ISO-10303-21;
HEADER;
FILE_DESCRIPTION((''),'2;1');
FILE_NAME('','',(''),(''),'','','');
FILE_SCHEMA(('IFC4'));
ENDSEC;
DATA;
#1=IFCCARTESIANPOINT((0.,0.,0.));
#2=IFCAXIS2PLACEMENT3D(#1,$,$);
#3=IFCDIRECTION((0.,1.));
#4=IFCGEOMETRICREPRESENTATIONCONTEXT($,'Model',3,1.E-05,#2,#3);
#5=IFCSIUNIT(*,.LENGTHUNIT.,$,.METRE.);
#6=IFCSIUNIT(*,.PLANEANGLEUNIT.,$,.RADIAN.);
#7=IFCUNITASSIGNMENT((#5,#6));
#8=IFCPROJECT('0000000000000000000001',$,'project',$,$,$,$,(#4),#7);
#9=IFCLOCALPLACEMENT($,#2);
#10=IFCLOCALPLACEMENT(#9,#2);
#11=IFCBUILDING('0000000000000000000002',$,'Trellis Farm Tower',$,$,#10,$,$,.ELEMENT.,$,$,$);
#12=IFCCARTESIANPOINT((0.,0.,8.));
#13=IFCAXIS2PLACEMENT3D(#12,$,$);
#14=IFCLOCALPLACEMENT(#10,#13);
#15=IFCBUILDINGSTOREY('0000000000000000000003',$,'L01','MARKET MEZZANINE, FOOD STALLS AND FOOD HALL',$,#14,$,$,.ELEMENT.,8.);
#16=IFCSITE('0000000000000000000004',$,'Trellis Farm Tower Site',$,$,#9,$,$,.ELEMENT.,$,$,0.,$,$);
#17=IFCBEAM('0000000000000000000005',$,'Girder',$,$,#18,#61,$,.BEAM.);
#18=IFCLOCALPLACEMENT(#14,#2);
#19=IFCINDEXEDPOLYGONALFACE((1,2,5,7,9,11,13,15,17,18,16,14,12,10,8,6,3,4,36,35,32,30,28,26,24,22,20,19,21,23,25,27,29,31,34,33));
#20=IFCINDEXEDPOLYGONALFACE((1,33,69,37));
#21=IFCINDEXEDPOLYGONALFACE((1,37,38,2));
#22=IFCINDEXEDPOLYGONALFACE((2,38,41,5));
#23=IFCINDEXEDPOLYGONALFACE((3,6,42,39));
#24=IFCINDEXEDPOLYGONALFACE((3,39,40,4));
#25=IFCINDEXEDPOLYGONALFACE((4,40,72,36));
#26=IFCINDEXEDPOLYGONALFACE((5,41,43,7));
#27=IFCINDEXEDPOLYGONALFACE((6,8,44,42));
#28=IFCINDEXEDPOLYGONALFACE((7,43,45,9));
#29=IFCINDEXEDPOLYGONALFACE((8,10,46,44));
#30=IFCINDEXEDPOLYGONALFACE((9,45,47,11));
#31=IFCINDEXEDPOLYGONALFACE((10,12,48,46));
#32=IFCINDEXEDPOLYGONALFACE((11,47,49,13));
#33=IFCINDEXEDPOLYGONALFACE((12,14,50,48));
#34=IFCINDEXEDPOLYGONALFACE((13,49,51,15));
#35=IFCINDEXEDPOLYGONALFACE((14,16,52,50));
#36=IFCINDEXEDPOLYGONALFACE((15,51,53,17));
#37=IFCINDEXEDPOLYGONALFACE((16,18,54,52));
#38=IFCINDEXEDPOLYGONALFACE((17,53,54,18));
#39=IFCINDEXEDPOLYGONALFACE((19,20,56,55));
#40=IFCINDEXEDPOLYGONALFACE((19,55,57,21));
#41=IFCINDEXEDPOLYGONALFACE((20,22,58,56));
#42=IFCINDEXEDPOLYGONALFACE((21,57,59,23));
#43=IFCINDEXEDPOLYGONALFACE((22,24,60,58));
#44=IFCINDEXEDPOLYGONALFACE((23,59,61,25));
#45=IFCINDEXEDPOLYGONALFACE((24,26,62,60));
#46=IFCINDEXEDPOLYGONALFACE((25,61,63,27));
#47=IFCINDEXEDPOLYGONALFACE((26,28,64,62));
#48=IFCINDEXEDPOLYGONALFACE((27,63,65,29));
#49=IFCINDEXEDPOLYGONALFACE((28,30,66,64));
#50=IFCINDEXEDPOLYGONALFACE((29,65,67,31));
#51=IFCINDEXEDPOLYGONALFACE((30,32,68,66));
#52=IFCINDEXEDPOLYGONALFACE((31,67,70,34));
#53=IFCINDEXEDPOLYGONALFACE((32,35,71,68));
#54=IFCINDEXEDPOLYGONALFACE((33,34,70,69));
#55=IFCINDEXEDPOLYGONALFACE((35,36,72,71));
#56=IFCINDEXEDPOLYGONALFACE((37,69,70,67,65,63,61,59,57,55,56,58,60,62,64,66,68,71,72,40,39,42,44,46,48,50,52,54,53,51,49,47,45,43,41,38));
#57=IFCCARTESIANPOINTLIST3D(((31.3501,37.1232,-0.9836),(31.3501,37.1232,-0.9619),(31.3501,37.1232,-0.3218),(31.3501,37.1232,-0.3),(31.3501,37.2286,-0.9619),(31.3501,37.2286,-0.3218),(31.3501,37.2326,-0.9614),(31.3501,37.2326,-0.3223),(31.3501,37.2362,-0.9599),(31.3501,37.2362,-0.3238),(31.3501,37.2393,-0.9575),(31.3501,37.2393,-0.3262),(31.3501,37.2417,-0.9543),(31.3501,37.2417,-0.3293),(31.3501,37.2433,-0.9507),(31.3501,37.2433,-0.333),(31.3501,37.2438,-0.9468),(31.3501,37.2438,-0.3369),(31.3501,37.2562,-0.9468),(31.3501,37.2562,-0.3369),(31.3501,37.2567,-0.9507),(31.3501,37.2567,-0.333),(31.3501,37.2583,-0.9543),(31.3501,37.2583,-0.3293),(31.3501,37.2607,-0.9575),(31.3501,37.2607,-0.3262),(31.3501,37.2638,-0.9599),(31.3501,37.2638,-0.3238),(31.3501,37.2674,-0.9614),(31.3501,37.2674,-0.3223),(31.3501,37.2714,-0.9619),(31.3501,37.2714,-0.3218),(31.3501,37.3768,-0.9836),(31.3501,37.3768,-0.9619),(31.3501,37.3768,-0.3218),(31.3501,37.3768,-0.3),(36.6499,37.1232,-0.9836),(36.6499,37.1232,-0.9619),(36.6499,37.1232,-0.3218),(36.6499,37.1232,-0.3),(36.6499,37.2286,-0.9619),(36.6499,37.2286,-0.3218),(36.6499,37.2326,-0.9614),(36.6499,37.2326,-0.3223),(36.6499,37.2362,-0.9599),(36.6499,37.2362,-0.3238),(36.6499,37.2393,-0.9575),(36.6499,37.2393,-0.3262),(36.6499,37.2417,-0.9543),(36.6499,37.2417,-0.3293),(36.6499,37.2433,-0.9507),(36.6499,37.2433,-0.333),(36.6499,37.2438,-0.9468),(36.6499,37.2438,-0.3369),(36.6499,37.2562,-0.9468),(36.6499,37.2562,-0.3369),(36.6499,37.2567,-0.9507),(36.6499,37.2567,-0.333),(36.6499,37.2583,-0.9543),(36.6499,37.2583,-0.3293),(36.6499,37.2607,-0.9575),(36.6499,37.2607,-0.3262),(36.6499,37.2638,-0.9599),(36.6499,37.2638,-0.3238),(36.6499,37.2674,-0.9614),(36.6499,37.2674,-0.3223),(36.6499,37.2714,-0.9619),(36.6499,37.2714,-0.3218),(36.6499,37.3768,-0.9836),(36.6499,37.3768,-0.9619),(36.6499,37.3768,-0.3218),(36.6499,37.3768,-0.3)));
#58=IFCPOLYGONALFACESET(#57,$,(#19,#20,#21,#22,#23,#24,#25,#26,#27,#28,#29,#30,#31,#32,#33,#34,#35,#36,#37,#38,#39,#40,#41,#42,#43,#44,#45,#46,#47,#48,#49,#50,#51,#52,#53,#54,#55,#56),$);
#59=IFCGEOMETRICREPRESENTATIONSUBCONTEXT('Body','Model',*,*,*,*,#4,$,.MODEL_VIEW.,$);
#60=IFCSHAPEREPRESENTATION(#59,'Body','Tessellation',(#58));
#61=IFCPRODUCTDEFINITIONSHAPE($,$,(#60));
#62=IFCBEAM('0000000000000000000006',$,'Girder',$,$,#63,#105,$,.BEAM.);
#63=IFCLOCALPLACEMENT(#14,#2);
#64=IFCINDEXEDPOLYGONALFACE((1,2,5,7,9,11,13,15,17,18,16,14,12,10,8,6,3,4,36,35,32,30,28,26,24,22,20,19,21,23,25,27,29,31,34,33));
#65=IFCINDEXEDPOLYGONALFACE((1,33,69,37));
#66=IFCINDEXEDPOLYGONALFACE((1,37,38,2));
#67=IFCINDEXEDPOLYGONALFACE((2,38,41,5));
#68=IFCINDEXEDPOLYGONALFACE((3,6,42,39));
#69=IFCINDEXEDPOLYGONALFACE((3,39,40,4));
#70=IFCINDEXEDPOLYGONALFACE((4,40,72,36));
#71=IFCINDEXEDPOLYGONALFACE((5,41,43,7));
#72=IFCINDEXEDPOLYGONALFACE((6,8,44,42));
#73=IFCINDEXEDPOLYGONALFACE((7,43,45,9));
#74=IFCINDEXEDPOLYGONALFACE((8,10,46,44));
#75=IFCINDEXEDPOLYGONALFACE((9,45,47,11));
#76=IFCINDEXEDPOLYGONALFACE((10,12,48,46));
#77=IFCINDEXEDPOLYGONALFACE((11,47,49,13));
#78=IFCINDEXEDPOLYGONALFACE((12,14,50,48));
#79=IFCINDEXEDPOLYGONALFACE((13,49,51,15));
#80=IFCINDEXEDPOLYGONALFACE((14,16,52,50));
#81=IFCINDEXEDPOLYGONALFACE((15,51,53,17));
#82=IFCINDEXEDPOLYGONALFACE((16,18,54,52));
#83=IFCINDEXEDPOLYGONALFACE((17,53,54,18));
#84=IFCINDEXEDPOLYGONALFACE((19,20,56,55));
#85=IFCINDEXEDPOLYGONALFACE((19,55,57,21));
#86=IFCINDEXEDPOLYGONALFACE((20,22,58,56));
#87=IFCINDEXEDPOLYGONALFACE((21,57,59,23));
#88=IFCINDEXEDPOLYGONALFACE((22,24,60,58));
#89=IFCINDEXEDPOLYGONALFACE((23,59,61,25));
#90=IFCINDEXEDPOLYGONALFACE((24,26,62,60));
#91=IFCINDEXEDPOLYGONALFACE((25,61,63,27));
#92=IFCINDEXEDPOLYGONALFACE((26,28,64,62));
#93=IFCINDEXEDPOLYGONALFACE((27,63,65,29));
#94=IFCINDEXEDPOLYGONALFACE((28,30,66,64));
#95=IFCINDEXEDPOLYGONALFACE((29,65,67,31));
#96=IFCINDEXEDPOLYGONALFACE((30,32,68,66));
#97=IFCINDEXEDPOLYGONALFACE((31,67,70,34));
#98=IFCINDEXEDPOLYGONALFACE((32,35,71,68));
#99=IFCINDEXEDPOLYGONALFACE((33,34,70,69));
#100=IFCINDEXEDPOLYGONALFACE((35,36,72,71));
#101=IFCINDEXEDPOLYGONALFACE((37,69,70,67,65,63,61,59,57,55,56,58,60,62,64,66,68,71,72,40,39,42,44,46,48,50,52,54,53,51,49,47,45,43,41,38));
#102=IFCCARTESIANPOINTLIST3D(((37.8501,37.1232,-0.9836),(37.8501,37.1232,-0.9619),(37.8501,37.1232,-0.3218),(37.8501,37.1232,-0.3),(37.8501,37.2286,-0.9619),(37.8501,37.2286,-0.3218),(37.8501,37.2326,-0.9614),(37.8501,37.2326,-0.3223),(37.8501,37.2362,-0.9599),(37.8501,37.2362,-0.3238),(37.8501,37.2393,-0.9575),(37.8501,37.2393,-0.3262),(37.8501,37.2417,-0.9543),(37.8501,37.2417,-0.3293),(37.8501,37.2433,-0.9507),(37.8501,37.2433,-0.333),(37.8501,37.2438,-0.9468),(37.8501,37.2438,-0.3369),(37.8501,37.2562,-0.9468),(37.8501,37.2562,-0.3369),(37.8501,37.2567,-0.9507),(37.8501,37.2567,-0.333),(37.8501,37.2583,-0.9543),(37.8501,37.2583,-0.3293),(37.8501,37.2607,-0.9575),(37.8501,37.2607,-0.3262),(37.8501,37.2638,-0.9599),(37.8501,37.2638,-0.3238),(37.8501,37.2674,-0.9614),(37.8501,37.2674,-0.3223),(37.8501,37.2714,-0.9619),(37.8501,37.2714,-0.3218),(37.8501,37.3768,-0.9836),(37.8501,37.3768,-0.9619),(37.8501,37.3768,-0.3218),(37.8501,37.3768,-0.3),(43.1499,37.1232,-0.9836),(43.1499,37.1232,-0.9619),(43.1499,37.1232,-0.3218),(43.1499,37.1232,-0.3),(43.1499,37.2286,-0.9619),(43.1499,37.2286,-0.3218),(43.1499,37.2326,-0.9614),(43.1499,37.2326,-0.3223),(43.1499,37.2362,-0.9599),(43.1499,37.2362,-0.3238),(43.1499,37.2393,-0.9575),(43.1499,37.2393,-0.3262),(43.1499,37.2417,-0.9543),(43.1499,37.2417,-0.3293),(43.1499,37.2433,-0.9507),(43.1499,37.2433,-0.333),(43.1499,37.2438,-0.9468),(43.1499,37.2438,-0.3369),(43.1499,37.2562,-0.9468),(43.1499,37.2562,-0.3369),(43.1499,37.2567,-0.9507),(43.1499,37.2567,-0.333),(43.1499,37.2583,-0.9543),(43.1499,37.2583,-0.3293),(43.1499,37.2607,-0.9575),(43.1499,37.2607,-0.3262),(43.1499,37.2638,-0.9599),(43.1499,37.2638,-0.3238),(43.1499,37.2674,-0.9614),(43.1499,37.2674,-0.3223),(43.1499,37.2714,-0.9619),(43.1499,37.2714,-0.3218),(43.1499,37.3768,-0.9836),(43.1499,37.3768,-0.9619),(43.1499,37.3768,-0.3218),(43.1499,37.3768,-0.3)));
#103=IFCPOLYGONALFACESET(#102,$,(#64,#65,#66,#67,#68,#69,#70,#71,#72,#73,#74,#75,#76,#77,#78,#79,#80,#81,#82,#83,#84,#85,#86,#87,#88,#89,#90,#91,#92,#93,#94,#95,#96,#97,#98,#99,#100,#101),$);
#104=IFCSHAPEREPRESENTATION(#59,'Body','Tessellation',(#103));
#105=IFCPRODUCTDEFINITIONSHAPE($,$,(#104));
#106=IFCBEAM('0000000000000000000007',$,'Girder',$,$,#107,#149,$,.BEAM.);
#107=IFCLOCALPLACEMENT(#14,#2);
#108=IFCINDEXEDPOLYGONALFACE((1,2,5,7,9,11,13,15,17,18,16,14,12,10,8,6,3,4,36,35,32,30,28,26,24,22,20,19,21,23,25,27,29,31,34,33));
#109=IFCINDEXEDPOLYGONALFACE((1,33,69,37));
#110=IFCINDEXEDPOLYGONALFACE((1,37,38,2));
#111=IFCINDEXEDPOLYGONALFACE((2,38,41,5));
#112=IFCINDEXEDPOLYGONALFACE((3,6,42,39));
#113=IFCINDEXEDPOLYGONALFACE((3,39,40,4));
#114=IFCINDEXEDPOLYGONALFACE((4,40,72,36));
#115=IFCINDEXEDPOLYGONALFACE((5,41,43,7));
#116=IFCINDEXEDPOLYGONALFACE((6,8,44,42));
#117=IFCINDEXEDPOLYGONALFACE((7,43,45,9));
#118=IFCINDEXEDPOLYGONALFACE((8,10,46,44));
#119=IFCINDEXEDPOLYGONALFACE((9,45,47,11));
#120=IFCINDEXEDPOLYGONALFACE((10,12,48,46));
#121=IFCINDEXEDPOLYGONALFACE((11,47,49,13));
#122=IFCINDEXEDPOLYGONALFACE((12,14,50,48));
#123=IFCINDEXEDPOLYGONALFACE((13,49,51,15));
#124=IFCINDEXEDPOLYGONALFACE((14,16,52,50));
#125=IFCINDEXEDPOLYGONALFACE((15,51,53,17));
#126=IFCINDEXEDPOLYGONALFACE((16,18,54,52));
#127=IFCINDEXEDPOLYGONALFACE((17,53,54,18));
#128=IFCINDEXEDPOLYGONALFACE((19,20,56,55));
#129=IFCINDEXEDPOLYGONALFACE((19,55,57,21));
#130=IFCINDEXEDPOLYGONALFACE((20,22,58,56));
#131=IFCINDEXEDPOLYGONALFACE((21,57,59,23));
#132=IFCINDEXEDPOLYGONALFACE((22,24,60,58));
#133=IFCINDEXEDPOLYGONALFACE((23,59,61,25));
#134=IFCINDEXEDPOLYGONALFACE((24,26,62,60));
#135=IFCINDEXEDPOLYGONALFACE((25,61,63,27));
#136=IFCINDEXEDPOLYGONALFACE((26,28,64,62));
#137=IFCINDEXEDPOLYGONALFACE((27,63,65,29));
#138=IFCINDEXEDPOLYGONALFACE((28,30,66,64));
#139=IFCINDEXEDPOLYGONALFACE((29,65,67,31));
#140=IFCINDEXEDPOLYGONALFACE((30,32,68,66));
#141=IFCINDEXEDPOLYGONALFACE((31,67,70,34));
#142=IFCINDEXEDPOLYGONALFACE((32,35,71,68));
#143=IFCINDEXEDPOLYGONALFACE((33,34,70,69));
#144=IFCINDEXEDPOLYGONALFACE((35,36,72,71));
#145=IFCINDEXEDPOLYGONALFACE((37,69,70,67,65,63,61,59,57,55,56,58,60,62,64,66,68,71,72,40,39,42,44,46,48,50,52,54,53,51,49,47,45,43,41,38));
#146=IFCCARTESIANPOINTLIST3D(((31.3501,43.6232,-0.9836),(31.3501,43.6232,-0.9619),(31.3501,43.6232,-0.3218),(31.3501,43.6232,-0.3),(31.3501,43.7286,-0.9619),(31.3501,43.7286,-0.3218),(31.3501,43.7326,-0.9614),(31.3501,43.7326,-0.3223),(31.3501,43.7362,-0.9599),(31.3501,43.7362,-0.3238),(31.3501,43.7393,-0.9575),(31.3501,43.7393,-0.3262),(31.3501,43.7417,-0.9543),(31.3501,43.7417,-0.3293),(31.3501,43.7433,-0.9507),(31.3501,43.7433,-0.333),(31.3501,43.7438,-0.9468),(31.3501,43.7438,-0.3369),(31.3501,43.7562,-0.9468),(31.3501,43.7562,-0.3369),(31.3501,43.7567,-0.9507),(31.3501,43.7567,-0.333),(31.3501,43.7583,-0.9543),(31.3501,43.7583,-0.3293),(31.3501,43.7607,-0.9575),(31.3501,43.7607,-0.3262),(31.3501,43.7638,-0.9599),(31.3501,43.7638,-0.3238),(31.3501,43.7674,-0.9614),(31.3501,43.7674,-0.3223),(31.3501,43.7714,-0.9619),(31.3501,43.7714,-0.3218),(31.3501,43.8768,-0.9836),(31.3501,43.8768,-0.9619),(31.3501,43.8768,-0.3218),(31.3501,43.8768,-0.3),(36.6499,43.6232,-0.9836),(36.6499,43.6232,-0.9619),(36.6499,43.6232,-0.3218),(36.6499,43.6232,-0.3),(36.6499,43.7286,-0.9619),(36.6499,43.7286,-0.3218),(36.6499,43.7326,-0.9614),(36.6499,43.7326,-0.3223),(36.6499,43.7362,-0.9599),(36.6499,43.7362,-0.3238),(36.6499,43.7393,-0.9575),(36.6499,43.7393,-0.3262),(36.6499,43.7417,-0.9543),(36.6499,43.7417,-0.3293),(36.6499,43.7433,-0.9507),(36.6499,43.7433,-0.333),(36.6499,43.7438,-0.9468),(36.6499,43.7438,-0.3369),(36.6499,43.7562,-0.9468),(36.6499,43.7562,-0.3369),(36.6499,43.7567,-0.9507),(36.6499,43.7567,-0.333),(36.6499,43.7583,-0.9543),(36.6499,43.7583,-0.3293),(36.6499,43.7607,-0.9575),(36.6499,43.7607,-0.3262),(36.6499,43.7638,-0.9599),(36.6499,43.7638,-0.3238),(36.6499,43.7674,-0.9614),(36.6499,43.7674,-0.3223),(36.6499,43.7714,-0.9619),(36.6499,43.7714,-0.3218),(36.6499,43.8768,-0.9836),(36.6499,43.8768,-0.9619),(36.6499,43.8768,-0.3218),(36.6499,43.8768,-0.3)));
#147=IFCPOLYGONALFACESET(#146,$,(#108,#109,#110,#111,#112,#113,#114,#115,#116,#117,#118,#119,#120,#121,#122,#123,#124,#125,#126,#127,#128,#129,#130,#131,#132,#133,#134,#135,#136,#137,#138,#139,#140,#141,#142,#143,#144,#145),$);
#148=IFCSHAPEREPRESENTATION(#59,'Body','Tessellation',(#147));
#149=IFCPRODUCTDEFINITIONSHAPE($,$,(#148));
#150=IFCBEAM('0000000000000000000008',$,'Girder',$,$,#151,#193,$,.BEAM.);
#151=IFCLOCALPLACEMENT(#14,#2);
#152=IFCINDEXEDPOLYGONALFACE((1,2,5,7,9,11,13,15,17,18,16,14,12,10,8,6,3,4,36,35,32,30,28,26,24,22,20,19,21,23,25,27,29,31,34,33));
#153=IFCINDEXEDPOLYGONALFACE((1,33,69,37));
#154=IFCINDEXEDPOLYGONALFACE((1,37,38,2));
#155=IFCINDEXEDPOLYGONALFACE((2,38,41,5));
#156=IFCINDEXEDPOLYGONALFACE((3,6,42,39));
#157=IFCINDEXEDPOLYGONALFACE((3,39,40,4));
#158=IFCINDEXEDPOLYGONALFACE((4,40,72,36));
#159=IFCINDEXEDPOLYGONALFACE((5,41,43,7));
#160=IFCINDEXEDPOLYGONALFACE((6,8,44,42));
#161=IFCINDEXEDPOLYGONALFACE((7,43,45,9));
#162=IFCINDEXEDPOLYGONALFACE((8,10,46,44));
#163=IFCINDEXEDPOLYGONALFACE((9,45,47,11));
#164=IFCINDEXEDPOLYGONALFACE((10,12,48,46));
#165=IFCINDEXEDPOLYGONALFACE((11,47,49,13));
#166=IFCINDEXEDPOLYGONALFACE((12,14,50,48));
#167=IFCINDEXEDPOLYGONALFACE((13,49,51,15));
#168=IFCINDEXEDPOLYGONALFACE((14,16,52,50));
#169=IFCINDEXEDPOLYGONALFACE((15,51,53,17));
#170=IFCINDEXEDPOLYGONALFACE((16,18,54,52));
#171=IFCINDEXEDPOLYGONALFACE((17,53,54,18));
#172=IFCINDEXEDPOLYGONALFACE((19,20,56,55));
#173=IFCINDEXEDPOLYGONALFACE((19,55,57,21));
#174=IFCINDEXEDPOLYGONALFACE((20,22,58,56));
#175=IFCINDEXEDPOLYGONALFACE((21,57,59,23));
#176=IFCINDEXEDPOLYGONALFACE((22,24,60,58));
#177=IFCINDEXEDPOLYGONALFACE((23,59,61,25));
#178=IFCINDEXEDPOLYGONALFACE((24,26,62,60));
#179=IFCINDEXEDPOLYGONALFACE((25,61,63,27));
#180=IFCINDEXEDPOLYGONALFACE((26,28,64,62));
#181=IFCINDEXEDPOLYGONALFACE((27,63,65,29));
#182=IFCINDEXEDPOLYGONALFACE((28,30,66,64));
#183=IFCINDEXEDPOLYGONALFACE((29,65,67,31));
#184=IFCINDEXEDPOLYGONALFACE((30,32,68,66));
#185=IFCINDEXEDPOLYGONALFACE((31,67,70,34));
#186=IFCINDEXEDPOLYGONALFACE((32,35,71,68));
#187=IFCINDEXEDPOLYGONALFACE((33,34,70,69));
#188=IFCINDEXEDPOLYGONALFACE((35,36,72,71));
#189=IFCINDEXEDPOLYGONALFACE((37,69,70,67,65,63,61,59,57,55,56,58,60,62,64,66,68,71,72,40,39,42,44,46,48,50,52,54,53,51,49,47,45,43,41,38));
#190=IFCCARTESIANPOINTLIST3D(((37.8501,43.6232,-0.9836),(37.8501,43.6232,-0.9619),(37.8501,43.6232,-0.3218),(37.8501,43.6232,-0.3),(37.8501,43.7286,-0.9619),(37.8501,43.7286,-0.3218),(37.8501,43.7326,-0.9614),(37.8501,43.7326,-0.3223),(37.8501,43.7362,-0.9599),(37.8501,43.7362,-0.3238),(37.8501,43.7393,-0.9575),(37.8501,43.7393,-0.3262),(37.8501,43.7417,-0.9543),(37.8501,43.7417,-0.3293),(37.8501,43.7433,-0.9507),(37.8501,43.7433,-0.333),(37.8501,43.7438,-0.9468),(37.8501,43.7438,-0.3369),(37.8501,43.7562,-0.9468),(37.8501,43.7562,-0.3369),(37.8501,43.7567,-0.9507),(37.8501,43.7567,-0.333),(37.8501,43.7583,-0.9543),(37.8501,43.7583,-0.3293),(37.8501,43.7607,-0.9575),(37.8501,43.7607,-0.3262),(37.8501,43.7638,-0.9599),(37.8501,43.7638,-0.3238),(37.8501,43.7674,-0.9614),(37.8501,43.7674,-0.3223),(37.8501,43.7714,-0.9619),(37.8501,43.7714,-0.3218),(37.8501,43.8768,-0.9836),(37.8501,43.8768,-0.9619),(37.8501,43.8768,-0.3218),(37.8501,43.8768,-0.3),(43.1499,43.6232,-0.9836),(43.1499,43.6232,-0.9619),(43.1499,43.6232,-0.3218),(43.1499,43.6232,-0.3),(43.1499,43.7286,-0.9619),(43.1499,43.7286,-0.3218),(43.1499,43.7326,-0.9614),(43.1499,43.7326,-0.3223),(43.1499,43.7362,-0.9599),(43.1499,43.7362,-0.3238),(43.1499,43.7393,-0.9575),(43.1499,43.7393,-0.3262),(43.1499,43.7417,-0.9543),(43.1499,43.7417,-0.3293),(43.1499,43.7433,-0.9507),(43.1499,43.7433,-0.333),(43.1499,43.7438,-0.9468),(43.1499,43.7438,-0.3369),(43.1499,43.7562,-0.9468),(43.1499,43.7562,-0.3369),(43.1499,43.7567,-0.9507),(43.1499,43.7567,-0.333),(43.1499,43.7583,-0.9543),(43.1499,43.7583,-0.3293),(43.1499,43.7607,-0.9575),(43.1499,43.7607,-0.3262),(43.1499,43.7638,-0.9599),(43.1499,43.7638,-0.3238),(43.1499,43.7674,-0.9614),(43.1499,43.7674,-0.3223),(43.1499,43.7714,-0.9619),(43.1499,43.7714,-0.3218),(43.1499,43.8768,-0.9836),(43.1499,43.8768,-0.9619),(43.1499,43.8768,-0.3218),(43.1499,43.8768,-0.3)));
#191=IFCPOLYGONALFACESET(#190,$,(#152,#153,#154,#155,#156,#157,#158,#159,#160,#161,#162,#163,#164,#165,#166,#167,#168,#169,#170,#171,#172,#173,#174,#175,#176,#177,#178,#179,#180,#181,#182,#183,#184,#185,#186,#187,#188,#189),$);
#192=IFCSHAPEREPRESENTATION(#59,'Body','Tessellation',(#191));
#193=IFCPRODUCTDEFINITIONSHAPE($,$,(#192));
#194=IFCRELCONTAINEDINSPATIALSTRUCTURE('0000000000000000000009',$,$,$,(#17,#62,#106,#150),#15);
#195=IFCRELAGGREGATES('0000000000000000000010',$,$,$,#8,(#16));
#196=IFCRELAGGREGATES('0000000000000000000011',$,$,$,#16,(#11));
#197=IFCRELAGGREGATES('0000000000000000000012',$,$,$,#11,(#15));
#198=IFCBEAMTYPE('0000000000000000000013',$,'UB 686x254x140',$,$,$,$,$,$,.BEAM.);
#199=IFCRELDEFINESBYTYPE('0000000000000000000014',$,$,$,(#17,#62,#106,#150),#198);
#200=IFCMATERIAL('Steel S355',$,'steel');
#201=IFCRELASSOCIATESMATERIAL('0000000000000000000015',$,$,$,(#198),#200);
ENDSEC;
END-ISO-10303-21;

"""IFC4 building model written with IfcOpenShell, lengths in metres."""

from ifc_helpers import new_model, si_unit, direction, frame, origin, origin_2d, place, context, subcontext, project, spatial, i_section, extrude, source, transform, mapped, material, material_profile, profile_set, type_object, element, save


model = new_model("IFC4")

# Units and contexts
model_context = context("Model", 3, precision=1e-05, world=origin(), true_north=direction((0.0, 1.0)))
body_context = subcontext(model_context, "Body", "Model", "MODEL_VIEW")
ifc_project = project(units=[si_unit("LENGTHUNIT", "METRE"), si_unit("PLANEANGLEUNIT", "RADIAN")], contexts=[model_context])

# Site, building, storey
site_placement = place(None, origin())
site = spatial("IfcSite", under=ifc_project, at=site_placement, Name="Trellis Farm Tower Site", CompositionType="ELEMENT", RefElevation=0.0)
building_placement = place(site_placement, origin())
building = spatial("IfcBuilding", under=site, at=building_placement, Name="Trellis Farm Tower", CompositionType="ELEMENT")
storey_placement = place(building_placement, frame((0.0, 0.0, 8.0)))
storey = spatial("IfcBuildingStorey", under=building, at=storey_placement, Name="L01", Description="MARKET MEZZANINE, FOOD STALLS AND FOOD HALL", CompositionType="ELEMENT", Elevation=8.0)

# Beams
ifc_material_1 = material(Name="Steel S355", Category="steel")
ifc_material_profile_1 = material_profile(ifc_material_1, i_section(OverallWidth=0.2537, OverallDepth=0.6836, WebThickness=0.0125, FlangeThickness=0.0217, FilletRadius=0.0151, at=origin_2d()), Name="UB 686x254x140")
ifc_profile_set_1 = profile_set([ifc_material_profile_1], Name="Steel S355")
beam_type_1 = type_object("IfcBeamType", Name="UB 686x254x140", PredefinedType="BEAM", material=ifc_profile_set_1)
shared_shape_1 = source(origin(), body_context, "Body", "SweptSolid", [
    extrude(i_section(OverallWidth=0.2537, OverallDepth=0.6836, WebThickness=0.0125, FlangeThickness=0.0217, FilletRadius=0.0151, at=origin_2d()), origin(), (0.0, 0.0, 1.0), 5.2998),
])
for number, where, z_axis, x_axis, name in (
    (1, (31.3501, 37.25, -0.6418), (1.0, 0.0, 0.0), (0.0, 1.0, 0.0), "Girder"),
    (2, (37.8501, 37.25, -0.6418), (1.0, 0.0, 0.0), (0.0, 1.0, 0.0), "Girder"),
    (3, (31.3501, 43.75, -0.6418), (1.0, 0.0, 0.0), (0.0, 1.0, 0.0), "Girder"),
    (4, (37.8501, 43.75, -0.6418), (1.0, 0.0, 0.0), (0.0, 1.0, 0.0), "Girder"),
):
    element("IfcBeam", number, at=place(storey_placement, frame(where, z_axis=z_axis, x_axis=x_axis)), inside=storey, type_object=beam_type_1, Name=name, PredefinedType="BEAM", context=body_context, shape_type="MappedRepresentation", body=[
        mapped(shared_shape_1, transform((0.0, 0.0, 0.0))),
    ])

save(model, "model.ifc")
